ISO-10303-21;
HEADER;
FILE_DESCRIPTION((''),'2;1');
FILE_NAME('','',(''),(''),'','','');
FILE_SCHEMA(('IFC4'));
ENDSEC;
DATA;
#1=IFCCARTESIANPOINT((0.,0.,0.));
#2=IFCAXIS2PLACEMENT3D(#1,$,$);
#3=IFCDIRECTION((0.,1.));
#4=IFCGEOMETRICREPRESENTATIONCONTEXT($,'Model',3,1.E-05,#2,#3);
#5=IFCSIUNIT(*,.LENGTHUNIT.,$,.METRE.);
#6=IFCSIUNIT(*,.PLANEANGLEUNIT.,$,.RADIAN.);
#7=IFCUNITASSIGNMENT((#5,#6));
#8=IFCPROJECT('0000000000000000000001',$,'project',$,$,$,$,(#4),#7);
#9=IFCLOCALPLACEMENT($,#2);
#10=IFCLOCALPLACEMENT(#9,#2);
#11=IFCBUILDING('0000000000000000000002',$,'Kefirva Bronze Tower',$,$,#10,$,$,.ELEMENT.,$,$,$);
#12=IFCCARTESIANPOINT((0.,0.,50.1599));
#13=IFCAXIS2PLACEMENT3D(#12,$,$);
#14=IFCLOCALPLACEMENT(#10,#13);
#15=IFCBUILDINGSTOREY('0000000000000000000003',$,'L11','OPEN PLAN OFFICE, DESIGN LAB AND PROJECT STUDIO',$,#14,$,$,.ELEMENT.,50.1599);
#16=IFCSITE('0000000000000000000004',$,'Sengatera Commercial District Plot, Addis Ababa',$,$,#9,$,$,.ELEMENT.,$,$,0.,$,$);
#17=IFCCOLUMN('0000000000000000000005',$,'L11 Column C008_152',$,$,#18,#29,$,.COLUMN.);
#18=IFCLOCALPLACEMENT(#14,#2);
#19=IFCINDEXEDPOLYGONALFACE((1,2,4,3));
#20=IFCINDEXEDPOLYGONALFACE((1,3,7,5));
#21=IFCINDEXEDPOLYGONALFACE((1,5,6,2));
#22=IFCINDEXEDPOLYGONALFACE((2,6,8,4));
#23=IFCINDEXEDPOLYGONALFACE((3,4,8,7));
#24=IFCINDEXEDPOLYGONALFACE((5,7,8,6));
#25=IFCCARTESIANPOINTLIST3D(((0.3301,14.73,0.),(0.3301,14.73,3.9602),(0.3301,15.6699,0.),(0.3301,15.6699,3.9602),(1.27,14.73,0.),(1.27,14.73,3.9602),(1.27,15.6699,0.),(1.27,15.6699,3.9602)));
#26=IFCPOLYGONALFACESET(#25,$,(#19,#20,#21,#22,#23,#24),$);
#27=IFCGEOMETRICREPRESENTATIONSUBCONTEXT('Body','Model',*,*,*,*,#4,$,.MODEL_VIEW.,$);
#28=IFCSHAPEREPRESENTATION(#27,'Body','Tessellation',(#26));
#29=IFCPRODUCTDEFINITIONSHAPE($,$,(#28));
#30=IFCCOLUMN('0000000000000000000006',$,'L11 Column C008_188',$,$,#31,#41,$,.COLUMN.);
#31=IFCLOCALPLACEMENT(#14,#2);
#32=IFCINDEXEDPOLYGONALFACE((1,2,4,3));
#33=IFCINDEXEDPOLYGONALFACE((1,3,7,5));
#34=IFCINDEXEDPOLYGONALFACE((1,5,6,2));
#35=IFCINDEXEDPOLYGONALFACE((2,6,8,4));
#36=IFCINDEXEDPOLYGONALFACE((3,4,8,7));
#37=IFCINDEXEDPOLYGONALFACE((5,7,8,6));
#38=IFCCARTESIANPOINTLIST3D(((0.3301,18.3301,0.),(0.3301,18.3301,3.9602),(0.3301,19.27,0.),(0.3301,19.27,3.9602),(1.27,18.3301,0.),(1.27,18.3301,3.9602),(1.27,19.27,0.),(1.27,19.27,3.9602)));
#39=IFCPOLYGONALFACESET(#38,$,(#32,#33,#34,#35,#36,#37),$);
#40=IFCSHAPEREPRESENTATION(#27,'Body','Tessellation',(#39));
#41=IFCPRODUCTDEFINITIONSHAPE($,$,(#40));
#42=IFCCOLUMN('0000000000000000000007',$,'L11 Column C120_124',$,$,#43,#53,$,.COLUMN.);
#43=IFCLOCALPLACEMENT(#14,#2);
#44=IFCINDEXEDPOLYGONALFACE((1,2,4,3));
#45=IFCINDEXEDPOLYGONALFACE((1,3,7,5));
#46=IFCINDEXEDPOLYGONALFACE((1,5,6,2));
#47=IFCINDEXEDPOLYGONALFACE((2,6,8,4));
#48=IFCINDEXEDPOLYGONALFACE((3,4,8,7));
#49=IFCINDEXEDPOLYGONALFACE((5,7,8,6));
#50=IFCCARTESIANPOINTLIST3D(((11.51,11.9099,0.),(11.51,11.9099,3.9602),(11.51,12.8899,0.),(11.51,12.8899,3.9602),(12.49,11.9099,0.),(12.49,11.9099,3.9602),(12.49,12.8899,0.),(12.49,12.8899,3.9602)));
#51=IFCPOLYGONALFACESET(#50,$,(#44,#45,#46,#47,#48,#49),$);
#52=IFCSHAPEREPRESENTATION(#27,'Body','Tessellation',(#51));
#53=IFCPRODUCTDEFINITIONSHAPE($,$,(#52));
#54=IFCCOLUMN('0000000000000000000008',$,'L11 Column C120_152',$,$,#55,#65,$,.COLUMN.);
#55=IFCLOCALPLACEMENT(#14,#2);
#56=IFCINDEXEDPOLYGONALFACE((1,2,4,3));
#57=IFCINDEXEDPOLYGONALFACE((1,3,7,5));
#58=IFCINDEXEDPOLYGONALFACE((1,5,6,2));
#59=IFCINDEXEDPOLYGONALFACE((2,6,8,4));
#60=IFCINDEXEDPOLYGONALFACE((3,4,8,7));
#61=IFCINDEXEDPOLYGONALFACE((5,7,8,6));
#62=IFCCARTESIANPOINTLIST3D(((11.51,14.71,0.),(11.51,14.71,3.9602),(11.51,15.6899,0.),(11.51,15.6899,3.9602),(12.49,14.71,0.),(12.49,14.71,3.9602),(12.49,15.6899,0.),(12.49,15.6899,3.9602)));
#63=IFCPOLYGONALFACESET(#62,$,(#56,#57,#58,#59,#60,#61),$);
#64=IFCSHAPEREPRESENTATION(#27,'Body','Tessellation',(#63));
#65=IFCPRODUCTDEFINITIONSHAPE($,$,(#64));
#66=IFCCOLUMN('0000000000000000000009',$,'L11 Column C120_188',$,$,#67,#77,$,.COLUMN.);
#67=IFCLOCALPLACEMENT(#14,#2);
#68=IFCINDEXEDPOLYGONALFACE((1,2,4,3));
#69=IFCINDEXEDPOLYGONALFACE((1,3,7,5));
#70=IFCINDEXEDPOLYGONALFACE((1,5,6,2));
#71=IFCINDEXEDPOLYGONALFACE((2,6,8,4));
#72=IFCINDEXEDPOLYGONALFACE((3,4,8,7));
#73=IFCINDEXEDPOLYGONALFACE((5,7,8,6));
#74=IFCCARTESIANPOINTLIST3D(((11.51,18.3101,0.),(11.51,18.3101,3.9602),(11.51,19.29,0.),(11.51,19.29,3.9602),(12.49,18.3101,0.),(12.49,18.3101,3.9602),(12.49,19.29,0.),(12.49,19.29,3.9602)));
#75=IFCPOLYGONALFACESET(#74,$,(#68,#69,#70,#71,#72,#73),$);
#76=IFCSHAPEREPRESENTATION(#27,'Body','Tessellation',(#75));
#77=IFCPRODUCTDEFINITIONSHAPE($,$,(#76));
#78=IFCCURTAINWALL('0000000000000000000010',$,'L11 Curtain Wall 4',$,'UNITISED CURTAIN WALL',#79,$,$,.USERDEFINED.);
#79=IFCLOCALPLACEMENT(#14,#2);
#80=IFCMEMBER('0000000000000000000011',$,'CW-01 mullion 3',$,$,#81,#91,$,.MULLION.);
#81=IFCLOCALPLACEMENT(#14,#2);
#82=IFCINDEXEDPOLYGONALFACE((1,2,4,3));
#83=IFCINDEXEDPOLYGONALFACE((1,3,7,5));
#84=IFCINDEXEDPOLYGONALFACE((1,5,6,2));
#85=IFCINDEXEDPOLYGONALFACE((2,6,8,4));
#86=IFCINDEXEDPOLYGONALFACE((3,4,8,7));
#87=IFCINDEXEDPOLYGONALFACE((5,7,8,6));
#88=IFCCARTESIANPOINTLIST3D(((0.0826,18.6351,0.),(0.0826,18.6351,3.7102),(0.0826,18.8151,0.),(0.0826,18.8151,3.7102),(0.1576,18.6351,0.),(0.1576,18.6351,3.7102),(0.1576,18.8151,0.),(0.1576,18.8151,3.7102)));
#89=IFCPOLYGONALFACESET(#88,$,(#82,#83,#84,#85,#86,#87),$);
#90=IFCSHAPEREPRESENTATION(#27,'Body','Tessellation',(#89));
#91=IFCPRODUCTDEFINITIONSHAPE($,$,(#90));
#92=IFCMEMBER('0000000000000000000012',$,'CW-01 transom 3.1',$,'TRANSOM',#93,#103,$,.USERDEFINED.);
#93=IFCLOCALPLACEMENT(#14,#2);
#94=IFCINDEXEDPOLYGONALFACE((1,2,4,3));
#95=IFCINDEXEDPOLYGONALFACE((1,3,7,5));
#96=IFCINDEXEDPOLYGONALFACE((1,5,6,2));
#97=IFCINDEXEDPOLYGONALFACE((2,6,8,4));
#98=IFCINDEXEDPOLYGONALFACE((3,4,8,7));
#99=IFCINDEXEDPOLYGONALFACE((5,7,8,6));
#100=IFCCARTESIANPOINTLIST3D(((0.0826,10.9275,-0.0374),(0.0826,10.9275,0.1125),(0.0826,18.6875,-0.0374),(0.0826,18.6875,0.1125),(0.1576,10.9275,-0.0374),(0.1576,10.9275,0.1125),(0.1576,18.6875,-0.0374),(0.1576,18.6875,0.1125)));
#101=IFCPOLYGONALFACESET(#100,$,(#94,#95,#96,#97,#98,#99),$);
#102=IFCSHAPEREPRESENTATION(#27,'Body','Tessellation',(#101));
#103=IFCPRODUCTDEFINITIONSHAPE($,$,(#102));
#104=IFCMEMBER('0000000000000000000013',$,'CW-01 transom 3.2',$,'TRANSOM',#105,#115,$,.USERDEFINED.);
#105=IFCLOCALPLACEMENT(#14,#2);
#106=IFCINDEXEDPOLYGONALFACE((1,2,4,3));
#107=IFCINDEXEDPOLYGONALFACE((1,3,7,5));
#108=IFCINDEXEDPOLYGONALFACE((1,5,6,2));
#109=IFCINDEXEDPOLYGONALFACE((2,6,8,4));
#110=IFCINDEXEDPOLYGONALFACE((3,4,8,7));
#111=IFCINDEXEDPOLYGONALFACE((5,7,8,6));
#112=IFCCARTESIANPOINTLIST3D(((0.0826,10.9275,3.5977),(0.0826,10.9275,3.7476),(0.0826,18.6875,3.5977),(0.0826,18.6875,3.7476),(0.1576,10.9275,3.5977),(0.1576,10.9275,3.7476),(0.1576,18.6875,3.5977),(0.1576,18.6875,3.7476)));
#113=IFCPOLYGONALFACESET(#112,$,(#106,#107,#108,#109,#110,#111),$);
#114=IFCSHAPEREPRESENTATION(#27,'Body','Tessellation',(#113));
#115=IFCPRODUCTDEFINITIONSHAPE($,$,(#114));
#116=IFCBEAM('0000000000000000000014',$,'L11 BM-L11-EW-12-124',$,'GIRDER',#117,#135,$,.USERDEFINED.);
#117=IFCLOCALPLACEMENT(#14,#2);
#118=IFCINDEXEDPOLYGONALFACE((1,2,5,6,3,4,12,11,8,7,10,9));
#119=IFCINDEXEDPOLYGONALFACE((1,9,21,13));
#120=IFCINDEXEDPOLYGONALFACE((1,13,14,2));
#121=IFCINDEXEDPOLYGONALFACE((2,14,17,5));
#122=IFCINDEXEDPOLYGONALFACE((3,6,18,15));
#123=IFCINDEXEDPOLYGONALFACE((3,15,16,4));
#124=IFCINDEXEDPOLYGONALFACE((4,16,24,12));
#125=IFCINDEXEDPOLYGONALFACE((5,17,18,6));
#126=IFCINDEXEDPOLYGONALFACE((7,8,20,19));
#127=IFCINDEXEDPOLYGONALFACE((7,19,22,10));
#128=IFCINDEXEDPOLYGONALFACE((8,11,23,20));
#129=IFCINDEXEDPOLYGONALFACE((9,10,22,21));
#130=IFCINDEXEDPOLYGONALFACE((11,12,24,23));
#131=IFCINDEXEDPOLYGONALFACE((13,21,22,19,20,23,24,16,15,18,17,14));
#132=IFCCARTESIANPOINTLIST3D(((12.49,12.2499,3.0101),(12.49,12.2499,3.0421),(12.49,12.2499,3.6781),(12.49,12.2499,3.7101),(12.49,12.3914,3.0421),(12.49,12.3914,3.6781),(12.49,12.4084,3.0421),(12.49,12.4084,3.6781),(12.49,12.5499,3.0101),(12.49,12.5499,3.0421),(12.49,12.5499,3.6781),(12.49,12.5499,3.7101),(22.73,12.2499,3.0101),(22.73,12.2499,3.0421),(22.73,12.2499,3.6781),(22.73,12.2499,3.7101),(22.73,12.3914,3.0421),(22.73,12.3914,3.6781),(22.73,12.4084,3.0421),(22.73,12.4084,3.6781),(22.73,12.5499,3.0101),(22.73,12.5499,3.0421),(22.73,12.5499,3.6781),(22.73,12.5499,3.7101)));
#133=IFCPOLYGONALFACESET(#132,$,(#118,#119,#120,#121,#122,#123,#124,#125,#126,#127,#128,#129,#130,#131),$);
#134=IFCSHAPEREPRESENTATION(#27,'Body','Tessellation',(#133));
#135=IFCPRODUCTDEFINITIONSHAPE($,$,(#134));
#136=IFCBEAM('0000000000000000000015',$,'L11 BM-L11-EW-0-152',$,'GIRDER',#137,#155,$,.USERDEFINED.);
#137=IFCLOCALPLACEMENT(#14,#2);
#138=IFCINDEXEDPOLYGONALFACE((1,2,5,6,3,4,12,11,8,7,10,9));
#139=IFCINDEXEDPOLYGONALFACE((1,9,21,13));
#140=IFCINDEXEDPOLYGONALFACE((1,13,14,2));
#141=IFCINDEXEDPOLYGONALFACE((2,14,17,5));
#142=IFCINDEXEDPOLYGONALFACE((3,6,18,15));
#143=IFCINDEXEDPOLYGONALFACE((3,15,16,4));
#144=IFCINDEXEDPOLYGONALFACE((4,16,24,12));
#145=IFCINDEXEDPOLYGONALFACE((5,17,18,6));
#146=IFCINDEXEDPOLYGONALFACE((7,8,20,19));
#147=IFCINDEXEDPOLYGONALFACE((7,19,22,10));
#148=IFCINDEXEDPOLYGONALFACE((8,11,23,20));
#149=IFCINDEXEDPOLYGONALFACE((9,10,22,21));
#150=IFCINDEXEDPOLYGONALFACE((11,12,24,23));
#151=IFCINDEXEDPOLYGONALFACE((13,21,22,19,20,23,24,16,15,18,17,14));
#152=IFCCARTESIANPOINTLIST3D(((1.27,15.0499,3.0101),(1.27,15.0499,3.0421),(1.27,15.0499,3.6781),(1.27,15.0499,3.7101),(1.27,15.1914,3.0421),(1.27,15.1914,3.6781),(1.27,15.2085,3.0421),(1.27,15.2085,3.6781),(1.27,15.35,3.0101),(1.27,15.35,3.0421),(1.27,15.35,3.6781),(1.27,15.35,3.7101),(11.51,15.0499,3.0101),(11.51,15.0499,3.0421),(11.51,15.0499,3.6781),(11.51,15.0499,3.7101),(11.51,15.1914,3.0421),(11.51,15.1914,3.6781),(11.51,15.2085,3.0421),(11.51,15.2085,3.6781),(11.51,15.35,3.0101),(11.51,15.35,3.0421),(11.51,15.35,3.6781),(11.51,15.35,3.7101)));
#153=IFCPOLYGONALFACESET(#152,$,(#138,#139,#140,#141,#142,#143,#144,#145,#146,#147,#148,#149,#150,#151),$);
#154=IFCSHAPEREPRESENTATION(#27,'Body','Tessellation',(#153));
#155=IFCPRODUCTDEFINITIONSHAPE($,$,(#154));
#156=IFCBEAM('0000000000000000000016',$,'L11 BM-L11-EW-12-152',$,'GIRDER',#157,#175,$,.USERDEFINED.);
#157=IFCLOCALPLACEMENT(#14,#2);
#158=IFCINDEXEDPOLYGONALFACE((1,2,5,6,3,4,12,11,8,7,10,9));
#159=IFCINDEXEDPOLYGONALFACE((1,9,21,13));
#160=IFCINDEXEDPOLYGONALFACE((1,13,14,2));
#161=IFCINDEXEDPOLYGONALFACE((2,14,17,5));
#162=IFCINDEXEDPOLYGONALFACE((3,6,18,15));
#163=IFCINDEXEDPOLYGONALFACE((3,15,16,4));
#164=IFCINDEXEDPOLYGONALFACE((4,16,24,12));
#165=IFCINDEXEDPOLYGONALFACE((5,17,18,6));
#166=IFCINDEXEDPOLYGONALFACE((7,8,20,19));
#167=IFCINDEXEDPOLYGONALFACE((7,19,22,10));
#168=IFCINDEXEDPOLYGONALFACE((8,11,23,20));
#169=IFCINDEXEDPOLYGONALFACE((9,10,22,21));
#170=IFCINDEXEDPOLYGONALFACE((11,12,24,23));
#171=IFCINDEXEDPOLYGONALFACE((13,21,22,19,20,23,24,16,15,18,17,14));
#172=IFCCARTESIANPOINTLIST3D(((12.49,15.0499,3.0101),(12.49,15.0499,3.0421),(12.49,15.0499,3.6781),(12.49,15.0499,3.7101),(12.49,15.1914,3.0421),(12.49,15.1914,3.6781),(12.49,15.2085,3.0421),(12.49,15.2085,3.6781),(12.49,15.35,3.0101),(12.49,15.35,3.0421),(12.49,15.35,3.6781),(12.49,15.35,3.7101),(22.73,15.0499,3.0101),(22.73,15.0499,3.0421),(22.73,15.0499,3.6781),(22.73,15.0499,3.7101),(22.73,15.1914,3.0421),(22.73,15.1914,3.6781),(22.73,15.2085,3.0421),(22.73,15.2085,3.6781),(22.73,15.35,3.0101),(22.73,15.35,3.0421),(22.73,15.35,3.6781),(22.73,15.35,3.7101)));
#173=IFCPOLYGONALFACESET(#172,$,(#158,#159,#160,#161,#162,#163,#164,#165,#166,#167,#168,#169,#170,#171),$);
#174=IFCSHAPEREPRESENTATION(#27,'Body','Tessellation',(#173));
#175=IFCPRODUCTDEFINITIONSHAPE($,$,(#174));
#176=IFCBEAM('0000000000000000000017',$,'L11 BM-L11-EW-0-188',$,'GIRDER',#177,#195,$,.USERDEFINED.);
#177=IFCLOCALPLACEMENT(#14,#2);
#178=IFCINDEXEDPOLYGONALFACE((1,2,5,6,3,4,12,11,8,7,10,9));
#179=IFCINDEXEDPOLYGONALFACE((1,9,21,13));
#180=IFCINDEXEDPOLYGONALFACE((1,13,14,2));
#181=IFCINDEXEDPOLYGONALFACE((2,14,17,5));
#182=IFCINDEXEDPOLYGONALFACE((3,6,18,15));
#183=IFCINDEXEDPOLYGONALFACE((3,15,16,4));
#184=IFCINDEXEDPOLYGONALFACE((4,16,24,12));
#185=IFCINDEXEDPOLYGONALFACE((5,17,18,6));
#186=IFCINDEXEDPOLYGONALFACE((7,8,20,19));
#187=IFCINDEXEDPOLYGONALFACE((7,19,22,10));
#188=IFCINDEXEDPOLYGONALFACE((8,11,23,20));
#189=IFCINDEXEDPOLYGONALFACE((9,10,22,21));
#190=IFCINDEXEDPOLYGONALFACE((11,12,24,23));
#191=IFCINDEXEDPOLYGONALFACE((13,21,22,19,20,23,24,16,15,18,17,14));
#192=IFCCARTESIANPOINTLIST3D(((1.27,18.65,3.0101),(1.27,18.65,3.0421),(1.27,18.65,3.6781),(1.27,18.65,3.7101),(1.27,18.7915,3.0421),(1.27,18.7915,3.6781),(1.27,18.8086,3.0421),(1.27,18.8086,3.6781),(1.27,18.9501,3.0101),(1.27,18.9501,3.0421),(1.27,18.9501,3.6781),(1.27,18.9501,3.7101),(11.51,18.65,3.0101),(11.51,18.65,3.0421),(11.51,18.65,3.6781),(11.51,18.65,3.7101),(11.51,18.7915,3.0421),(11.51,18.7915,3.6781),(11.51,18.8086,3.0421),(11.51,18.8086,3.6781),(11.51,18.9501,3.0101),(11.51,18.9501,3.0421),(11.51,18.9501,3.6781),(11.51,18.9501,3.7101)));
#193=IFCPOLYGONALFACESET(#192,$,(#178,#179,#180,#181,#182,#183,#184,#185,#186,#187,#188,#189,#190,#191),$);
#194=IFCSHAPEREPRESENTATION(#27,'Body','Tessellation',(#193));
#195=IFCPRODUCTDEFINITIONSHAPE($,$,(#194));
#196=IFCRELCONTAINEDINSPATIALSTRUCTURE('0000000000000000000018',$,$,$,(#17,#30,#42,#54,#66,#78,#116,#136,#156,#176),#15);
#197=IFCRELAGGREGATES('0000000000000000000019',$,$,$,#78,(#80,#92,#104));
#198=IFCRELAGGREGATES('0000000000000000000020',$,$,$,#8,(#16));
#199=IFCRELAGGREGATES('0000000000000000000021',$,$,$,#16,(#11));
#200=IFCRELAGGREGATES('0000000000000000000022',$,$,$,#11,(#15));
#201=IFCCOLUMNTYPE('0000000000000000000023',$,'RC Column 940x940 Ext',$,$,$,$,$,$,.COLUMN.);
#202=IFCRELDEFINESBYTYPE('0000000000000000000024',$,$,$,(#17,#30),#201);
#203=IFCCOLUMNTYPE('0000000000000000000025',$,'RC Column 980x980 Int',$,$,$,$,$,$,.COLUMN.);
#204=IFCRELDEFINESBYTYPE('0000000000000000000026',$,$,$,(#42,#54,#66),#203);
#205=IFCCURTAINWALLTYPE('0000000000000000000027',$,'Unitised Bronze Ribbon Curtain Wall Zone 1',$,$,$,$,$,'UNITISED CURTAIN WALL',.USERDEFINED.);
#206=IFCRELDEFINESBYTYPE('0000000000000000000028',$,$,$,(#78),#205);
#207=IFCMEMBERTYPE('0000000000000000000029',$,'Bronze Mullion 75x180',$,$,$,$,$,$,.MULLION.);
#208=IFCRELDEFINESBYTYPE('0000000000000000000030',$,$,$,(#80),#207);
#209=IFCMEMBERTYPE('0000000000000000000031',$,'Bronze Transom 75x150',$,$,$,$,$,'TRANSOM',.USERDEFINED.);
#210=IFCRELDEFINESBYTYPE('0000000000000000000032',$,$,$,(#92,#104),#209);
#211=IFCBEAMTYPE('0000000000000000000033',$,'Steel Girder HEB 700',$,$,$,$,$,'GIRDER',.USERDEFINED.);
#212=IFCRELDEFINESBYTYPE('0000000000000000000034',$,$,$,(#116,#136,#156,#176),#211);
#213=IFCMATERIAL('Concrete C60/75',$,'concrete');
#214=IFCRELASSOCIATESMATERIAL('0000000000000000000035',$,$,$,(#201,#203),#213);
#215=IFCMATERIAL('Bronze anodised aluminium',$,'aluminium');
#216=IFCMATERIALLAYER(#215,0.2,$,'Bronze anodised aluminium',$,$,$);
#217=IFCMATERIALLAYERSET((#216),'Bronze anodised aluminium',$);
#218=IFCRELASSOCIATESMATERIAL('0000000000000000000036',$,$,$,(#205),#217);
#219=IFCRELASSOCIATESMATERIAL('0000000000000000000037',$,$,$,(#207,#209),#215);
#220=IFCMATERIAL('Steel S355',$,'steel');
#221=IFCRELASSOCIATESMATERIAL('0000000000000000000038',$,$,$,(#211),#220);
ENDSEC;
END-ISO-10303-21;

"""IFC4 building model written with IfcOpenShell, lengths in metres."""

from ifc_helpers import new_model, si_unit, direction, frame, origin, origin_2d, place, context, subcontext, project, spatial, rectangle, i_section, extrude, material, layer, layer_set, material_profile, profile_set, type_object, element, aggregate, save


model = new_model("IFC4")

# Units and contexts
model_context = context("Model", 3, precision=1e-05, world=origin(), true_north=direction((0.0, 1.0)))
body_context = subcontext(model_context, "Body", "Model", "MODEL_VIEW")
ifc_project = project(units=[si_unit("LENGTHUNIT", "METRE"), si_unit("PLANEANGLEUNIT", "RADIAN")], contexts=[model_context])

# Site, building, storey
site_placement = place(None, origin())
site = spatial("IfcSite", under=ifc_project, at=site_placement, Name="Sengatera Commercial District Plot, Addis Ababa", CompositionType="ELEMENT", RefElevation=0.0)
building_placement = place(site_placement, origin())
building = spatial("IfcBuilding", under=site, at=building_placement, Name="Kefirva Bronze Tower", CompositionType="ELEMENT")
storey_placement = place(building_placement, frame((0.0, 0.0, 50.1599)))
storey = spatial("IfcBuildingStorey", under=building, at=storey_placement, Name="L11", Description="OPEN PLAN OFFICE, DESIGN LAB AND PROJECT STUDIO", CompositionType="ELEMENT", Elevation=50.1599)

# Columns
ifc_material_1 = material(Name="Concrete C60/75", Category="concrete")
ifc_material_profile_1 = material_profile(ifc_material_1, rectangle(XDim=0.9399, YDim=0.9399, at=origin_2d()), Name="RC 940x940")
ifc_profile_set_1 = profile_set([ifc_material_profile_1], Name="Concrete C60/75")
column_type_1 = type_object("IfcColumnType", Name="RC Column 940x940 Ext", PredefinedType="COLUMN", material=ifc_profile_set_1)
for number, where, z_axis, x_axis, name in (
    (1, (0.8, 15.2, 0.0), (0.0, 0.0, 1.0), (1.0, 0.0, 0.0), "L11 Column C008_152"),
    (2, (0.8, 18.8, 0.0), (0.0, 0.0, 1.0), (1.0, 0.0, 0.0), "L11 Column C008_188"),
):
    element("IfcColumn", number, at=place(storey_placement, frame(where, z_axis=z_axis, x_axis=x_axis)), inside=storey, type_object=column_type_1, Name=name, PredefinedType="COLUMN", context=body_context, shape_type="SweptSolid", body=[
        extrude(rectangle(XDim=0.9399, YDim=0.9399, at=origin_2d()), origin(), (0.0, 0.0, 1.0), 3.9602),
    ])
ifc_material_profile_2 = material_profile(ifc_material_1, rectangle(XDim=0.98, YDim=0.98, at=origin_2d()), Name="RC 980x980")
ifc_profile_set_2 = profile_set([ifc_material_profile_2], Name="Concrete C60/75")
column_type_2 = type_object("IfcColumnType", Name="RC Column 980x980 Int", PredefinedType="COLUMN", material=ifc_profile_set_2)
for number, where, z_axis, x_axis, name in (
    (3, (12.0, 12.3999, 0.0), (0.0, 0.0, 1.0), (1.0, 0.0, 0.0), "L11 Column C120_124"),
    (4, (12.0, 15.2, 0.0), (0.0, 0.0, 1.0), (1.0, 0.0, 0.0), "L11 Column C120_152"),
    (5, (12.0, 18.8, 0.0), (0.0, 0.0, 1.0), (1.0, 0.0, 0.0), "L11 Column C120_188"),
):
    element("IfcColumn", number, at=place(storey_placement, frame(where, z_axis=z_axis, x_axis=x_axis)), inside=storey, type_object=column_type_2, Name=name, PredefinedType="COLUMN", context=body_context, shape_type="SweptSolid", body=[
        extrude(rectangle(XDim=0.98, YDim=0.98, at=origin_2d()), origin(), (0.0, 0.0, 1.0), 3.9602),
    ])

# Curtain wall, members
ifc_material_2 = material(Name="Bronze anodised aluminium", Category="aluminium")
ifc_layer_1 = layer(ifc_material_2, 0.2, Name="Bronze anodised aluminium")
ifc_layer_set_1 = layer_set([ifc_layer_1], Name="Bronze anodised aluminium")
curtain_wall_type = type_object("IfcCurtainWallType", Name="Unitised Bronze Ribbon Curtain Wall Zone 1", ElementType="UNITISED CURTAIN WALL", PredefinedType="USERDEFINED", material=ifc_layer_set_1)
curtain_wall_placement = place(storey_placement, origin())
curtain_wall = element("IfcCurtainWall", 6, at=curtain_wall_placement, inside=storey, type_object=curtain_wall_type, Name="L11 Curtain Wall 4", ObjectType="UNITISED CURTAIN WALL", PredefinedType="USERDEFINED")
ifc_material_profile_3 = material_profile(ifc_material_2, rectangle(XDim=0.075, YDim=0.1799, at=origin_2d()), Name="ALU 75x180")
ifc_profile_set_3 = profile_set([ifc_material_profile_3], Name="Bronze anodised aluminium")
member_type_1 = type_object("IfcMemberType", Name="Bronze Mullion 75x180", PredefinedType="MULLION", material=ifc_profile_set_3)
member_1_placement = place(storey_placement, frame((0.1201, 18.7251, 0.0), z_axis=(0.0, 0.0, 1.0), x_axis=(1.0, 0.0, 0.0)))
member_1 = element("IfcMember", 7, at=member_1_placement, type_object=member_type_1, Name="CW-01 mullion 3", PredefinedType="MULLION", context=body_context, shape_type="SweptSolid", body=[
    extrude(rectangle(XDim=0.075, YDim=0.1799, at=origin_2d()), origin(), (0.0, 0.0, 1.0), 3.7102),
])
ifc_material_profile_4 = material_profile(ifc_material_2, rectangle(XDim=0.075, YDim=0.1499, at=origin_2d()), Name="ALU 75x150")
ifc_profile_set_4 = profile_set([ifc_material_profile_4], Name="Bronze anodised aluminium")
member_type_2 = type_object("IfcMemberType", Name="Bronze Transom 75x150", ElementType="TRANSOM", PredefinedType="USERDEFINED", material=ifc_profile_set_4)
member_2_placement = place(storey_placement, frame((0.1201, 18.6875, 0.0376), z_axis=(0.0, -1.0, 0.0), x_axis=(1.0, 0.0, 0.0)))
member_2 = element("IfcMember", 8, at=member_2_placement, type_object=member_type_2, Name="CW-01 transom 3.1", ObjectType="TRANSOM", PredefinedType="USERDEFINED", context=body_context, shape_type="SweptSolid", body=[
    extrude(rectangle(XDim=0.075, YDim=0.1499, at=origin_2d()), origin(), (0.0, 0.0, 1.0), 7.76),
])
member_3_placement = place(storey_placement, frame((0.1201, 18.6875, 3.6726), z_axis=(0.0, -1.0, 0.0), x_axis=(1.0, 0.0, 0.0)))
member_3 = element("IfcMember", 9, at=member_3_placement, type_object=member_type_2, Name="CW-01 transom 3.2", ObjectType="TRANSOM", PredefinedType="USERDEFINED", context=body_context, shape_type="SweptSolid", body=[
    extrude(rectangle(XDim=0.075, YDim=0.1499, at=origin_2d()), origin(), (0.0, 0.0, 1.0), 7.76),
])

# Beams
ifc_material_3 = material(Name="Steel S355", Category="steel")
ifc_material_profile_5 = material_profile(ifc_material_3, i_section(OverallWidth=0.3, OverallDepth=0.7, WebThickness=0.0171, FlangeThickness=0.032, at=origin_2d()), Name="HEB 700")
ifc_profile_set_5 = profile_set([ifc_material_profile_5], Name="Steel S355")
beam_type_1 = type_object("IfcBeamType", Name="Steel Girder HEB 700", ElementType="GIRDER", PredefinedType="USERDEFINED", material=ifc_profile_set_5)
for number, where, z_axis, x_axis, name in (
    (10, (12.49, 12.3999, 3.3601), (1.0, 0.0, 0.0), (0.0, 1.0, 0.0), "L11 BM-L11-EW-12-124"),
    (11, (1.27, 15.2, 3.3601), (1.0, 0.0, 0.0), (0.0, 1.0, 0.0), "L11 BM-L11-EW-0-152"),
    (12, (12.49, 15.2, 3.3601), (1.0, 0.0, 0.0), (0.0, 1.0, 0.0), "L11 BM-L11-EW-12-152"),
    (13, (1.27, 18.8, 3.3601), (1.0, 0.0, 0.0), (0.0, 1.0, 0.0), "L11 BM-L11-EW-0-188"),
):
    element("IfcBeam", number, at=place(storey_placement, frame(where, z_axis=z_axis, x_axis=x_axis)), inside=storey, type_object=beam_type_1, Name=name, ObjectType="GIRDER", PredefinedType="USERDEFINED", context=body_context, shape_type="SweptSolid", body=[
        extrude(i_section(OverallWidth=0.3, OverallDepth=0.7, WebThickness=0.0171, FlangeThickness=0.032, at=origin_2d()), origin(), (0.0, 0.0, 1.0), 10.24),
    ])

aggregate(curtain_wall, [member_1, member_2, member_3])

save(model, "model.ifc")
